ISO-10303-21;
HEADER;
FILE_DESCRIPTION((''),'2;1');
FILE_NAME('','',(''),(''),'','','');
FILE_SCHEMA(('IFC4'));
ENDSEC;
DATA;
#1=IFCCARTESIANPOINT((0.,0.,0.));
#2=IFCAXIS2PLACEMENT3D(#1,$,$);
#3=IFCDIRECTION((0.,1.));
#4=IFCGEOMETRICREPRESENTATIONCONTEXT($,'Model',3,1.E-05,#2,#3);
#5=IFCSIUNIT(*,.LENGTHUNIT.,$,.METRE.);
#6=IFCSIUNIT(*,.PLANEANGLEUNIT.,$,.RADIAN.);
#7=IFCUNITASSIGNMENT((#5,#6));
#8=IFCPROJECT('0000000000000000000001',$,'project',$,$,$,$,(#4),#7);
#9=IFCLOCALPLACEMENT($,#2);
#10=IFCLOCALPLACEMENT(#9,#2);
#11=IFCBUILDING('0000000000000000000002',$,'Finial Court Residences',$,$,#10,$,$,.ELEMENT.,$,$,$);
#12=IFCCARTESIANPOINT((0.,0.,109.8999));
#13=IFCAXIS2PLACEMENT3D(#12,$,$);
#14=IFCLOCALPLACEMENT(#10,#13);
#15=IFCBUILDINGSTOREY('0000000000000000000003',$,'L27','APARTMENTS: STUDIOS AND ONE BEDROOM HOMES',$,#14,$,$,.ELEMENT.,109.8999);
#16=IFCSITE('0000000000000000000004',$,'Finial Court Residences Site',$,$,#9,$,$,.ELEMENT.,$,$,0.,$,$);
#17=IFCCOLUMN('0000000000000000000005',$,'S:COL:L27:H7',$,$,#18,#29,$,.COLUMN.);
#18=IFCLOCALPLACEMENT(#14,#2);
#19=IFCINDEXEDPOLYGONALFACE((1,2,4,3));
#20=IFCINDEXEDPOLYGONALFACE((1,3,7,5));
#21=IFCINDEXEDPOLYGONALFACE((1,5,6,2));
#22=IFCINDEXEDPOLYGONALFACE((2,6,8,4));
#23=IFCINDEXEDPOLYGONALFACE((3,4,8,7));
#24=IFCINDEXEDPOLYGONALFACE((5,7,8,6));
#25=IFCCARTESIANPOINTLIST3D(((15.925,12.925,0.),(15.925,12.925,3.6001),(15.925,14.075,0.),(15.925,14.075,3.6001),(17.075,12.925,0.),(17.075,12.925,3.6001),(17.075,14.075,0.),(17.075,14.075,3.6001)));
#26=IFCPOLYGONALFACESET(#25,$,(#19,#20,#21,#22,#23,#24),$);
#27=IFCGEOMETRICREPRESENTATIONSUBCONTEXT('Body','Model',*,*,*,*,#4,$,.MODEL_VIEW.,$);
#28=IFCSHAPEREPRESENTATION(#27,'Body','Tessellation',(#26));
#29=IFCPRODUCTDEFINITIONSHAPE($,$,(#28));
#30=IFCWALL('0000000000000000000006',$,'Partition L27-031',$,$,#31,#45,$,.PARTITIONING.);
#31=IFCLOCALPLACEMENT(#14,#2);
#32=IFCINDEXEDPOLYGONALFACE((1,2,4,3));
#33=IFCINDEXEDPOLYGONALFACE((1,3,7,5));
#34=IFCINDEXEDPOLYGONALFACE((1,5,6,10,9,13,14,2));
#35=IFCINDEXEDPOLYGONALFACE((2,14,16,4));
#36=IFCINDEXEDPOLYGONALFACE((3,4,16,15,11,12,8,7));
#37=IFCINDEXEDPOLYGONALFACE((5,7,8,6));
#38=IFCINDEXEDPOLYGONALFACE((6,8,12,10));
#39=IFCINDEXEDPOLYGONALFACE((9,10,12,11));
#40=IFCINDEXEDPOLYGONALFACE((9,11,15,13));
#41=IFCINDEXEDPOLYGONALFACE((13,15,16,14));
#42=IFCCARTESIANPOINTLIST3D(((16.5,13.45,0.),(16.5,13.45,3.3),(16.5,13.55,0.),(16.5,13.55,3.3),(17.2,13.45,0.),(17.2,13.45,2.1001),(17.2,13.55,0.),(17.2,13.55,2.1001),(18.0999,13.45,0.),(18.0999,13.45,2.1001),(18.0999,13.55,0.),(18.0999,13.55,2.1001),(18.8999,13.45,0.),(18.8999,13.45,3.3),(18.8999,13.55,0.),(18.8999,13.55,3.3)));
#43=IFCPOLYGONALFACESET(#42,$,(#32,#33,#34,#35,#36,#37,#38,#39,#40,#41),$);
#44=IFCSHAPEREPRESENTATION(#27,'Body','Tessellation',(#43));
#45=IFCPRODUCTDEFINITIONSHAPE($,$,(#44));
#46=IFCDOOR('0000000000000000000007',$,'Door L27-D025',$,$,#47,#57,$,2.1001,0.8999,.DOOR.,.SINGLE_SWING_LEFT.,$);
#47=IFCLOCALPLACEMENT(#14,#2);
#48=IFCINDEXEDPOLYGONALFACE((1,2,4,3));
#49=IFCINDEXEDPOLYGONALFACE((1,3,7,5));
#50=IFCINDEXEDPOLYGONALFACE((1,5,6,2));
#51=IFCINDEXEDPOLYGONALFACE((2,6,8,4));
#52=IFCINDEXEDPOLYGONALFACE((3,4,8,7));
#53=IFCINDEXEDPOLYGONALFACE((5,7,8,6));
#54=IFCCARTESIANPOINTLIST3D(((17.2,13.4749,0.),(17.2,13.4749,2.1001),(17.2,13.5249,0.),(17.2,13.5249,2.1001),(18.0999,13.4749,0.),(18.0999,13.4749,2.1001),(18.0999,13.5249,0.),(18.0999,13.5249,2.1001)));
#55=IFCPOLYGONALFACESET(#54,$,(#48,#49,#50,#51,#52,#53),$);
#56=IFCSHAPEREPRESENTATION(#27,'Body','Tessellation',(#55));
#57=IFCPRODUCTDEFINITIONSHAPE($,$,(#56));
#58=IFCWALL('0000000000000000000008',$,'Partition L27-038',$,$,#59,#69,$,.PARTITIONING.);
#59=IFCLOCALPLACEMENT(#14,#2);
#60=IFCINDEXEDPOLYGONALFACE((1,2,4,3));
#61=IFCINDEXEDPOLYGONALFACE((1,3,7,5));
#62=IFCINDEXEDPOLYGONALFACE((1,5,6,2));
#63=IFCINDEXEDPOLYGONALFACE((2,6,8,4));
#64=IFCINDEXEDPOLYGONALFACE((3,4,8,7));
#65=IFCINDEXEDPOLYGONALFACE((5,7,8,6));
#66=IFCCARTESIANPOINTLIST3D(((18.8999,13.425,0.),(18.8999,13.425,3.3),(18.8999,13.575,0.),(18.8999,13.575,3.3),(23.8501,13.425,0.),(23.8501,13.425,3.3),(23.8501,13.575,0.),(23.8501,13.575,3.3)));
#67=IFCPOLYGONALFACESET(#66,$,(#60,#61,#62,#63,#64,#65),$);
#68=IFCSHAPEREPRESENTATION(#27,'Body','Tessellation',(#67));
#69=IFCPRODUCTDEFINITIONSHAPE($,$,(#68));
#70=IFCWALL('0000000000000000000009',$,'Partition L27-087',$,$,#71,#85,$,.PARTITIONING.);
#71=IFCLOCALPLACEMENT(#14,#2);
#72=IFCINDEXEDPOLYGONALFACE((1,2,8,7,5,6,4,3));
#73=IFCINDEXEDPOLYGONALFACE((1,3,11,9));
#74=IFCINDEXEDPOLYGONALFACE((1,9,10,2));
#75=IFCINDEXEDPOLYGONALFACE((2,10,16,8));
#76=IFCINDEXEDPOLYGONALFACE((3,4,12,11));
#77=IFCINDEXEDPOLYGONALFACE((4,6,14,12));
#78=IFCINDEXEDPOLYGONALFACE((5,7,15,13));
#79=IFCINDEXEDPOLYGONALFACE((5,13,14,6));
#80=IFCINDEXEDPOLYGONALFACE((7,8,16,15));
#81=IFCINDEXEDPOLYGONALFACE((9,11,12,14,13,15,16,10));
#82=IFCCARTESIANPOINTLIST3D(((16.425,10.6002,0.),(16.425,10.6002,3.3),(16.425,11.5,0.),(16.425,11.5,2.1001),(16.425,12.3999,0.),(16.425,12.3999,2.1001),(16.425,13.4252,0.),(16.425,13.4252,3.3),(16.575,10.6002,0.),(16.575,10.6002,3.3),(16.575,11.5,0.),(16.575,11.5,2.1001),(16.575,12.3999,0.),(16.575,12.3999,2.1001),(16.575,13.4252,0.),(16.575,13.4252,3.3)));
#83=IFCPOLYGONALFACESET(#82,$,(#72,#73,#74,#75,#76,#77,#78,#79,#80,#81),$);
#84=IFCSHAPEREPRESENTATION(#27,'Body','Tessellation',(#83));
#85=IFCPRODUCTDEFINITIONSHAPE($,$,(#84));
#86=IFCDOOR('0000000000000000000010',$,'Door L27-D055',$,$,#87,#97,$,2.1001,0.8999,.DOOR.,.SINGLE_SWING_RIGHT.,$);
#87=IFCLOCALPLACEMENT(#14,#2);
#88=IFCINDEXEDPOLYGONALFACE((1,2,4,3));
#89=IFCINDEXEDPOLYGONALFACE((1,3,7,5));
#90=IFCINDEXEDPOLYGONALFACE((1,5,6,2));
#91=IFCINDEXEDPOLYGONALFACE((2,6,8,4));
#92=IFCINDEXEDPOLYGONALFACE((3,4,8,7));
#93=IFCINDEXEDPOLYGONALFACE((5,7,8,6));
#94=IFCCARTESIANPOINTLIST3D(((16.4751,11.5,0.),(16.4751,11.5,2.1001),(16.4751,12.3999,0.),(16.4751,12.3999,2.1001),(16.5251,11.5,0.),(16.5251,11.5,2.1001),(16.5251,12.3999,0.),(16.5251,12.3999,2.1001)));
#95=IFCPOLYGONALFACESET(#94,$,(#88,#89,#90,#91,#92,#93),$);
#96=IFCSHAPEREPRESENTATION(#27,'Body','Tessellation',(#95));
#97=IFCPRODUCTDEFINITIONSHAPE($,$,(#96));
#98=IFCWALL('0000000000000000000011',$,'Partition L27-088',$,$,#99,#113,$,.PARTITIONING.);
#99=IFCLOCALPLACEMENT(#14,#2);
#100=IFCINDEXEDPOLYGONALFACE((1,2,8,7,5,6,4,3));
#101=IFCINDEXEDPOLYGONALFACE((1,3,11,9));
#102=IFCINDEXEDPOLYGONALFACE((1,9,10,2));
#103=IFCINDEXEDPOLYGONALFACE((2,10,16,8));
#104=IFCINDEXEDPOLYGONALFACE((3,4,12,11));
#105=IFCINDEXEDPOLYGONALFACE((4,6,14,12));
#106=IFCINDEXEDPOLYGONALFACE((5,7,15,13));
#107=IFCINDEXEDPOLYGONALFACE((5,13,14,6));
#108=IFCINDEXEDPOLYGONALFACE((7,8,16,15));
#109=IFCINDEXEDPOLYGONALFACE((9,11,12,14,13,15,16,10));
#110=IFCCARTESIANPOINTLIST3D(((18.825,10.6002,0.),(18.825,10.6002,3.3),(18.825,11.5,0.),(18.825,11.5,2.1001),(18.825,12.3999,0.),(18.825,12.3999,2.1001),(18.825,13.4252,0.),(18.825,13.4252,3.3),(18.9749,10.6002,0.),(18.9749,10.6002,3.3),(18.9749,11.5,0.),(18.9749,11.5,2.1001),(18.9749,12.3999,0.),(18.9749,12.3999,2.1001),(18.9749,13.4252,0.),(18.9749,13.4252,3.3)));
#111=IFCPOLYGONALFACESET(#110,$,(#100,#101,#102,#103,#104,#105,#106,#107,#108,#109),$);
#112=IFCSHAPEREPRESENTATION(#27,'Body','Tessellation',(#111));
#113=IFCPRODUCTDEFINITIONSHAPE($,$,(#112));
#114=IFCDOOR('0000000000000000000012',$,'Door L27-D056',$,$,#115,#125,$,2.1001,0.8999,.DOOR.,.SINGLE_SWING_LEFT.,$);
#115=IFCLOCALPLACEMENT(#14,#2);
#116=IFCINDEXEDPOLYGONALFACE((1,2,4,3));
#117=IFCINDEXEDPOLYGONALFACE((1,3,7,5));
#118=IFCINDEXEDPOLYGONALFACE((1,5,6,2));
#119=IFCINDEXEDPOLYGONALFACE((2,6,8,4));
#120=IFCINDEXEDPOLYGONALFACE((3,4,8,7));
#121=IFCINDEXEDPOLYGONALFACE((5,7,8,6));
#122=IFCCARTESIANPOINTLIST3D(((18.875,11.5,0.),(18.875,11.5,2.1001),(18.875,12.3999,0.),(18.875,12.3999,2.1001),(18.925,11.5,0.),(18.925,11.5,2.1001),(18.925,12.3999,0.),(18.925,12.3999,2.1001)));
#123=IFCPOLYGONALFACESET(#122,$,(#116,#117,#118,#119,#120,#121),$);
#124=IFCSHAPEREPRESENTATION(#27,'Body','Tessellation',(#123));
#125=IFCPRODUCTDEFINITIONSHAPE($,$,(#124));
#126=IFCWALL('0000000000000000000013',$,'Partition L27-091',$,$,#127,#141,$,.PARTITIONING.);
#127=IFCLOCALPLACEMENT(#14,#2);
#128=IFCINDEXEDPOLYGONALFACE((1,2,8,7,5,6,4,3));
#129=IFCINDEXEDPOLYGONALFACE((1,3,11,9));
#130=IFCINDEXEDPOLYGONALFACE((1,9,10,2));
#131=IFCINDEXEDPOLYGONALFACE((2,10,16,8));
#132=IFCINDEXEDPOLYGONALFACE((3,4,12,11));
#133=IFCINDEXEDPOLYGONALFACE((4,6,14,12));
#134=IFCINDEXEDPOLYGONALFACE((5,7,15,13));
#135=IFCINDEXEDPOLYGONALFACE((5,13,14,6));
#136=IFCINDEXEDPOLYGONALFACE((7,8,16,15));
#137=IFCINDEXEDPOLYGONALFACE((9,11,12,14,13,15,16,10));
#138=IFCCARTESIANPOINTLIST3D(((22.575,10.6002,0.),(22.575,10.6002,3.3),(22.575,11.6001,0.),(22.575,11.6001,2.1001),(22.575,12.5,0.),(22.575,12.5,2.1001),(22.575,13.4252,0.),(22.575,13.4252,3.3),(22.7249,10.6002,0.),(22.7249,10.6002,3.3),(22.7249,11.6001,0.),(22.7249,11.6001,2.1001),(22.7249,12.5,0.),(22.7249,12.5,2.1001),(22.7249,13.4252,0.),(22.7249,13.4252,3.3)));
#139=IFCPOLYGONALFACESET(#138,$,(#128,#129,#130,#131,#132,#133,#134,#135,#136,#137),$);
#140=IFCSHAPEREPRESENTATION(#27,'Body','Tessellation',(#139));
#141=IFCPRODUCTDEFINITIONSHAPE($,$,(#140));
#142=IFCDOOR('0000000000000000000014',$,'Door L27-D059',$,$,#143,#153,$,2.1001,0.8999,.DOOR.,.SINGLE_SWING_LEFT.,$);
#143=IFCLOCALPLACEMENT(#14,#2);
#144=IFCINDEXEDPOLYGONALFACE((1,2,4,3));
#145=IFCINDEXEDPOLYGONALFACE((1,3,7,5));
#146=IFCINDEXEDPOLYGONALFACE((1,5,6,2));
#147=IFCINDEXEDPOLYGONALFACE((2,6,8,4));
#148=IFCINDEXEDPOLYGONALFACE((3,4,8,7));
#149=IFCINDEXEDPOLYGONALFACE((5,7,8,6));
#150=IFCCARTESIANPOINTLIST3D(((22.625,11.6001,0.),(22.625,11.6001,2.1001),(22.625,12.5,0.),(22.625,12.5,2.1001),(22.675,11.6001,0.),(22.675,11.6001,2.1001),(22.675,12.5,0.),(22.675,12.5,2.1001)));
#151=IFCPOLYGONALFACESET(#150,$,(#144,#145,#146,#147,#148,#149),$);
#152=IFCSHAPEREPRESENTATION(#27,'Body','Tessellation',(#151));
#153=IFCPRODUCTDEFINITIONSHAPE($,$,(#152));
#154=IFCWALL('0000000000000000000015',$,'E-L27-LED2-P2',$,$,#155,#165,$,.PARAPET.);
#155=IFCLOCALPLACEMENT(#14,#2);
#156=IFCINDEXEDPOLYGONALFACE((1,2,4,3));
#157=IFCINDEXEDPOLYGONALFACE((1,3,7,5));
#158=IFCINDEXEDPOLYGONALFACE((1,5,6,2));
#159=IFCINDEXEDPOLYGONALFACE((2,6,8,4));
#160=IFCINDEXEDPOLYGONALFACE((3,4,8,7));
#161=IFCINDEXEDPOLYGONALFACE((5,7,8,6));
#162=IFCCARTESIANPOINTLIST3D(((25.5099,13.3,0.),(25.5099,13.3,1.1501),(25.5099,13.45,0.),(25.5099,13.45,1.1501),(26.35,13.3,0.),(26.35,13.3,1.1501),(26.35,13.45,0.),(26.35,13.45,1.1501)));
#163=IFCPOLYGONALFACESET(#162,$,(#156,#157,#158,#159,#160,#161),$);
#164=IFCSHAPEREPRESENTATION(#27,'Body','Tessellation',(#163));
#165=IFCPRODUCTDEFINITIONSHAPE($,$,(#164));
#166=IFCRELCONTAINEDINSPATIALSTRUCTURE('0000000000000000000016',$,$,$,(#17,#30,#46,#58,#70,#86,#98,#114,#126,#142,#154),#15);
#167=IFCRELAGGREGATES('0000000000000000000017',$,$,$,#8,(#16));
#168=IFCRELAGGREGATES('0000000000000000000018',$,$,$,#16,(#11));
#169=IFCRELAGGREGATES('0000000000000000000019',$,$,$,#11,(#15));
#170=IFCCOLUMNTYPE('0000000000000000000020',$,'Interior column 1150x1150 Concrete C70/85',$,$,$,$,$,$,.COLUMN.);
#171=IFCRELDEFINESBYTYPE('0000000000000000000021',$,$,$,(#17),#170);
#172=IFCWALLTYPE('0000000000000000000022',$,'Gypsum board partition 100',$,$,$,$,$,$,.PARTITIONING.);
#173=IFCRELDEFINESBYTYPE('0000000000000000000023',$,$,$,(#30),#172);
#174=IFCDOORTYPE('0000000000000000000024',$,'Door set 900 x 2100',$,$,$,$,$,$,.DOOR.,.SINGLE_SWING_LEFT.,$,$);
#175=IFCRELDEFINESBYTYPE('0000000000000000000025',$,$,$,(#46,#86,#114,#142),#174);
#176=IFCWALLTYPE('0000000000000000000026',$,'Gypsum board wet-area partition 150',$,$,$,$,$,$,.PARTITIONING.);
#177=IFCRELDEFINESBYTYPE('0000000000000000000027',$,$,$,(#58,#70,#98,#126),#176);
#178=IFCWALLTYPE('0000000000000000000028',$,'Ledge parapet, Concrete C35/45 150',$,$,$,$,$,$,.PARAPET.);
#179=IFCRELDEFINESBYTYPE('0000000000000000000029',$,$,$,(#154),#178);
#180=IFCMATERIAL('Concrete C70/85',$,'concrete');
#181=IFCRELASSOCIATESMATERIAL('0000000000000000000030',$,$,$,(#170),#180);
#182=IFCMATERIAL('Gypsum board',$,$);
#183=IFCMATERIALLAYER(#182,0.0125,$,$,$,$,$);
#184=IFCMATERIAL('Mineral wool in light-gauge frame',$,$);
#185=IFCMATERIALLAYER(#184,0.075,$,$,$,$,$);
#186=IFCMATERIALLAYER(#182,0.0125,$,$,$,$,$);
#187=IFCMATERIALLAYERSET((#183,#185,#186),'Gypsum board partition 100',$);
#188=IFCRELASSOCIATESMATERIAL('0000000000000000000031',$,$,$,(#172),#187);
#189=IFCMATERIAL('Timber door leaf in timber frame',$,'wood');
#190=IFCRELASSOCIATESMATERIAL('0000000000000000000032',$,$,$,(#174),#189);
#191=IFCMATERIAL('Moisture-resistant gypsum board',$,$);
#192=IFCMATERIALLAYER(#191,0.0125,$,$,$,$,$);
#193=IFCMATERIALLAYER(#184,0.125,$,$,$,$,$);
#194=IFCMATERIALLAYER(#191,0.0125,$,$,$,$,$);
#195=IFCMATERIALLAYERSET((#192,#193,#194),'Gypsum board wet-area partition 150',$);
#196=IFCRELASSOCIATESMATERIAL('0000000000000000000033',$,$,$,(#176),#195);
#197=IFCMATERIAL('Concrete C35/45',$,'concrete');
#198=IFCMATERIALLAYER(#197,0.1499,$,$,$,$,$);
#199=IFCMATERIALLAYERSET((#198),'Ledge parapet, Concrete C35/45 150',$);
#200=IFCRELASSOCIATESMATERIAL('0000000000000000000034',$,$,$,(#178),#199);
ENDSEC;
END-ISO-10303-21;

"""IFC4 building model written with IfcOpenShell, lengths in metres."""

from ifc_helpers import new_model, si_unit, direction, frame, frame_2d, origin, origin_2d, place, context, subcontext, project, spatial, rectangle, extrude, material, layer, layer_set, material_profile, profile_set, type_object, element, fill, save


model = new_model("IFC4")

# Units and contexts
model_context = context("Model", 3, precision=1e-05, world=origin(), true_north=direction((0.0, 1.0)))
body_context = subcontext(model_context, "Body", "Model", "MODEL_VIEW")
ifc_project = project(units=[si_unit("LENGTHUNIT", "METRE"), si_unit("PLANEANGLEUNIT", "RADIAN")], contexts=[model_context])

# Site, building, storey
site_placement = place(None, origin())
site = spatial("IfcSite", under=ifc_project, at=site_placement, Name="Finial Court Residences Site", CompositionType="ELEMENT", RefElevation=0.0)
building_placement = place(site_placement, origin())
building = spatial("IfcBuilding", under=site, at=building_placement, Name="Finial Court Residences", CompositionType="ELEMENT")
storey_placement = place(building_placement, frame((0.0, 0.0, 109.8999)))
storey = spatial("IfcBuildingStorey", under=building, at=storey_placement, Name="L27", Description="APARTMENTS: STUDIOS AND ONE BEDROOM HOMES", CompositionType="ELEMENT", Elevation=109.8999)

# Column
ifc_material_1 = material(Name="Concrete C70/85", Category="concrete")
ifc_material_profile = material_profile(ifc_material_1, rectangle(XDim=1.1499, YDim=1.1499, at=origin_2d()), Name="1150x1150")
ifc_profile_set = profile_set([ifc_material_profile], Name="Concrete C70/85")
column_type = type_object("IfcColumnType", Name="Interior column 1150x1150 Concrete C70/85", PredefinedType="COLUMN", material=ifc_profile_set)
column_placement = place(storey_placement, frame((16.5, 13.5, 0.0), z_axis=(0.0, 0.0, 1.0), x_axis=(1.0, 0.0, 0.0)))
element("IfcColumn", 1, at=column_placement, inside=storey, type_object=column_type, Name="S:COL:L27:H7", PredefinedType="COLUMN", context=body_context, shape_type="SweptSolid", body=[
    extrude(rectangle(XDim=1.1499, YDim=1.1499, at=origin_2d()), origin(), (0.0, 0.0, 1.0), 3.6001),
])

# Wall, opening, door
ifc_material_2 = material(Name="Gypsum board")
ifc_layer_1 = layer(ifc_material_2, 0.0125)
ifc_material_3 = material(Name="Mineral wool in light-gauge frame")
ifc_layer_2 = layer(ifc_material_3, 0.075)
ifc_layer_3 = layer(ifc_material_2, 0.0125)
ifc_layer_set_1 = layer_set([ifc_layer_1, ifc_layer_2, ifc_layer_3], Name="Gypsum board partition 100")
wall_type_1 = type_object("IfcWallType", Name="Gypsum board partition 100", PredefinedType="PARTITIONING", material=ifc_layer_set_1)
wall_1_placement = place(storey_placement, frame((16.5, 13.5, 0.0), z_axis=(0.0, 0.0, 1.0), x_axis=(1.0, 0.0, 0.0)))
wall_1 = element("IfcWall", 2, at=wall_1_placement, inside=storey, type_object=wall_type_1, Name="Partition L27-031", PredefinedType="PARTITIONING", context=body_context, shape_type="SweptSolid", body=[
    extrude(rectangle(XDim=2.3999, YDim=0.1001, at=frame_2d((1.2, 0.0))), origin(), (0.0, 0.0, 1.0), 3.3),
])
opening_1_placement = place(wall_1_placement, frame((0.7, 0.0, 0.0)))
opening_1 = element("IfcOpeningElement", 3, at=opening_1_placement, cuts=wall_1, PredefinedType="OPENING", context=body_context, shape_type="SweptSolid", body=[
    extrude(rectangle(XDim=0.8999, YDim=2.1001, at=frame_2d((0.45, 1.05))), frame((0.0, 0.0601, 0.0), z_axis=(0.0, -1.0, 0.0), x_axis=(1.0, 0.0, 0.0)), (0.0, 0.0, 1.0), 0.1201),
])
ifc_material_4 = material(Name="Timber door leaf in timber frame", Category="wood")
door_type_1 = type_object("IfcDoorType", Name="Door set 900 x 2100", OperationType="SINGLE_SWING_LEFT", PredefinedType="DOOR", material=ifc_material_4)
door_1_placement = place(opening_1_placement, origin())
door_1 = element("IfcDoor", 4, at=door_1_placement, inside=storey, type_object=door_type_1, Name="Door L27-D025", OperationType="SINGLE_SWING_LEFT", OverallHeight=2.1001, OverallWidth=0.8999, PredefinedType="DOOR", context=body_context, shape_type="SweptSolid", body=[
    extrude(rectangle(XDim=0.8999, YDim=2.1001, at=frame_2d((0.45, 1.05))), frame((0.0, 0.0249, 0.0), z_axis=(0.0, -1.0, 0.0), x_axis=(1.0, 0.0, 0.0)), (0.0, 0.0, 1.0), 0.05),
])
fill(opening_1, door_1)

# Wall
ifc_material_5 = material(Name="Moisture-resistant gypsum board")
ifc_layer_4 = layer(ifc_material_5, 0.0125)
ifc_layer_5 = layer(ifc_material_3, 0.125)
ifc_layer_6 = layer(ifc_material_5, 0.0125)
ifc_layer_set_2 = layer_set([ifc_layer_4, ifc_layer_5, ifc_layer_6], Name="Gypsum board wet-area partition 150")
wall_type_2 = type_object("IfcWallType", Name="Gypsum board wet-area partition 150", PredefinedType="PARTITIONING", material=ifc_layer_set_2)
wall_2_placement = place(storey_placement, frame((18.8999, 13.5, 0.0), z_axis=(0.0, 0.0, 1.0), x_axis=(1.0, 0.0, 0.0)))
element("IfcWall", 5, at=wall_2_placement, inside=storey, type_object=wall_type_2, Name="Partition L27-038", PredefinedType="PARTITIONING", context=body_context, shape_type="SweptSolid", body=[
    extrude(rectangle(XDim=4.9502, YDim=0.1499, at=frame_2d((2.4751, 0.0))), origin(), (0.0, 0.0, 1.0), 3.3),
])

# Walls, openings, doors
wall_3_placement = place(storey_placement, frame((16.5, 10.6001, 0.0), z_axis=(0.0, 0.0, 1.0), x_axis=(0.0, 1.0, 0.0)))
wall_3 = element("IfcWall", 6, at=wall_3_placement, inside=storey, type_object=wall_type_2, Name="Partition L27-087", PredefinedType="PARTITIONING", context=body_context, shape_type="SweptSolid", body=[
    extrude(rectangle(XDim=2.825, YDim=0.1499, at=frame_2d((1.4126, 0.0))), origin(), (0.0, 0.0, 1.0), 3.3),
])
opening_2_placement = place(wall_3_placement, frame((0.8999, 0.0, 0.0)))
opening_2 = element("IfcOpeningElement", 7, at=opening_2_placement, cuts=wall_3, PredefinedType="OPENING", context=body_context, shape_type="SweptSolid", body=[
    extrude(rectangle(XDim=0.8999, YDim=2.1001, at=frame_2d((0.45, 1.05))), frame((0.0, 0.085, 0.0), z_axis=(0.0, -1.0, 0.0), x_axis=(1.0, 0.0, 0.0)), (0.0, 0.0, 1.0), 0.1699),
])
door_2_placement = place(opening_2_placement, origin())
door_2 = element("IfcDoor", 8, at=door_2_placement, inside=storey, type_object=door_type_1, Name="Door L27-D055", OperationType="SINGLE_SWING_RIGHT", OverallHeight=2.1001, OverallWidth=0.8999, PredefinedType="DOOR", context=body_context, shape_type="SweptSolid", body=[
    extrude(rectangle(XDim=0.8999, YDim=2.1001, at=frame_2d((0.45, 1.05))), frame((0.0, 0.0249, 0.0), z_axis=(0.0, -1.0, 0.0), x_axis=(1.0, 0.0, 0.0)), (0.0, 0.0, 1.0), 0.05),
])
fill(opening_2, door_2)
wall_4_placement = place(storey_placement, frame((18.8999, 10.6001, 0.0), z_axis=(0.0, 0.0, 1.0), x_axis=(0.0, 1.0, 0.0)))
wall_4 = element("IfcWall", 9, at=wall_4_placement, inside=storey, type_object=wall_type_2, Name="Partition L27-088", PredefinedType="PARTITIONING", context=body_context, shape_type="SweptSolid", body=[
    extrude(rectangle(XDim=2.825, YDim=0.1499, at=frame_2d((1.4126, 0.0))), origin(), (0.0, 0.0, 1.0), 3.3),
])
opening_3_placement = place(wall_4_placement, frame((0.8999, 0.0, 0.0)))
opening_3 = element("IfcOpeningElement", 10, at=opening_3_placement, cuts=wall_4, PredefinedType="OPENING", context=body_context, shape_type="SweptSolid", body=[
    extrude(rectangle(XDim=0.8999, YDim=2.1001, at=frame_2d((0.45, 1.05))), frame((0.0, 0.085, 0.0), z_axis=(0.0, -1.0, 0.0), x_axis=(1.0, 0.0, 0.0)), (0.0, 0.0, 1.0), 0.1699),
])
door_3_placement = place(opening_3_placement, origin())
door_3 = element("IfcDoor", 11, at=door_3_placement, inside=storey, type_object=door_type_1, Name="Door L27-D056", OperationType="SINGLE_SWING_LEFT", OverallHeight=2.1001, OverallWidth=0.8999, PredefinedType="DOOR", context=body_context, shape_type="SweptSolid", body=[
    extrude(rectangle(XDim=0.8999, YDim=2.1001, at=frame_2d((0.45, 1.05))), frame((0.0, 0.0249, 0.0), z_axis=(0.0, -1.0, 0.0), x_axis=(1.0, 0.0, 0.0)), (0.0, 0.0, 1.0), 0.05),
])
fill(opening_3, door_3)
wall_5_placement = place(storey_placement, frame((22.6499, 10.6001, 0.0), z_axis=(0.0, 0.0, 1.0), x_axis=(0.0, 1.0, 0.0)))
wall_5 = element("IfcWall", 12, at=wall_5_placement, inside=storey, type_object=wall_type_2, Name="Partition L27-091", PredefinedType="PARTITIONING", context=body_context, shape_type="SweptSolid", body=[
    extrude(rectangle(XDim=2.825, YDim=0.1499, at=frame_2d((1.4126, 0.0))), origin(), (0.0, 0.0, 1.0), 3.3),
])
opening_4_placement = place(wall_5_placement, frame((1.0, 0.0, 0.0)))
opening_4 = element("IfcOpeningElement", 13, at=opening_4_placement, cuts=wall_5, PredefinedType="OPENING", context=body_context, shape_type="SweptSolid", body=[
    extrude(rectangle(XDim=0.8999, YDim=2.1001, at=frame_2d((0.45, 1.05))), frame((0.0, 0.085, 0.0), z_axis=(0.0, -1.0, 0.0), x_axis=(1.0, 0.0, 0.0)), (0.0, 0.0, 1.0), 0.1699),
])
door_4_placement = place(opening_4_placement, origin())
door_4 = element("IfcDoor", 14, at=door_4_placement, inside=storey, type_object=door_type_1, Name="Door L27-D059", OperationType="SINGLE_SWING_LEFT", OverallHeight=2.1001, OverallWidth=0.8999, PredefinedType="DOOR", context=body_context, shape_type="SweptSolid", body=[
    extrude(rectangle(XDim=0.8999, YDim=2.1001, at=frame_2d((0.45, 1.05))), frame((0.0, 0.0249, 0.0), z_axis=(0.0, -1.0, 0.0), x_axis=(1.0, 0.0, 0.0)), (0.0, 0.0, 1.0), 0.05),
])
fill(opening_4, door_4)

# Wall
ifc_material_6 = material(Name="Concrete C35/45", Category="concrete")
ifc_layer_7 = layer(ifc_material_6, 0.1499)
ifc_layer_set_3 = layer_set([ifc_layer_7], Name="Ledge parapet, Concrete C35/45 150")
wall_type_3 = type_object("IfcWallType", Name="Ledge parapet, Concrete C35/45 150", PredefinedType="PARAPET", material=ifc_layer_set_3)
wall_6_placement = place(storey_placement, frame((25.51, 13.375, 0.0), z_axis=(0.0, 0.0, 1.0), x_axis=(1.0, 0.0, 0.0)))
element("IfcWall", 15, at=wall_6_placement, inside=storey, type_object=wall_type_3, Name="E-L27-LED2-P2", PredefinedType="PARAPET", context=body_context, shape_type="SweptSolid", body=[
    extrude(rectangle(XDim=0.8401, YDim=0.1499, at=frame_2d((0.4199, 0.0))), origin(), (0.0, 0.0, 1.0), 1.1501),
])

save(model, "model.ifc")
